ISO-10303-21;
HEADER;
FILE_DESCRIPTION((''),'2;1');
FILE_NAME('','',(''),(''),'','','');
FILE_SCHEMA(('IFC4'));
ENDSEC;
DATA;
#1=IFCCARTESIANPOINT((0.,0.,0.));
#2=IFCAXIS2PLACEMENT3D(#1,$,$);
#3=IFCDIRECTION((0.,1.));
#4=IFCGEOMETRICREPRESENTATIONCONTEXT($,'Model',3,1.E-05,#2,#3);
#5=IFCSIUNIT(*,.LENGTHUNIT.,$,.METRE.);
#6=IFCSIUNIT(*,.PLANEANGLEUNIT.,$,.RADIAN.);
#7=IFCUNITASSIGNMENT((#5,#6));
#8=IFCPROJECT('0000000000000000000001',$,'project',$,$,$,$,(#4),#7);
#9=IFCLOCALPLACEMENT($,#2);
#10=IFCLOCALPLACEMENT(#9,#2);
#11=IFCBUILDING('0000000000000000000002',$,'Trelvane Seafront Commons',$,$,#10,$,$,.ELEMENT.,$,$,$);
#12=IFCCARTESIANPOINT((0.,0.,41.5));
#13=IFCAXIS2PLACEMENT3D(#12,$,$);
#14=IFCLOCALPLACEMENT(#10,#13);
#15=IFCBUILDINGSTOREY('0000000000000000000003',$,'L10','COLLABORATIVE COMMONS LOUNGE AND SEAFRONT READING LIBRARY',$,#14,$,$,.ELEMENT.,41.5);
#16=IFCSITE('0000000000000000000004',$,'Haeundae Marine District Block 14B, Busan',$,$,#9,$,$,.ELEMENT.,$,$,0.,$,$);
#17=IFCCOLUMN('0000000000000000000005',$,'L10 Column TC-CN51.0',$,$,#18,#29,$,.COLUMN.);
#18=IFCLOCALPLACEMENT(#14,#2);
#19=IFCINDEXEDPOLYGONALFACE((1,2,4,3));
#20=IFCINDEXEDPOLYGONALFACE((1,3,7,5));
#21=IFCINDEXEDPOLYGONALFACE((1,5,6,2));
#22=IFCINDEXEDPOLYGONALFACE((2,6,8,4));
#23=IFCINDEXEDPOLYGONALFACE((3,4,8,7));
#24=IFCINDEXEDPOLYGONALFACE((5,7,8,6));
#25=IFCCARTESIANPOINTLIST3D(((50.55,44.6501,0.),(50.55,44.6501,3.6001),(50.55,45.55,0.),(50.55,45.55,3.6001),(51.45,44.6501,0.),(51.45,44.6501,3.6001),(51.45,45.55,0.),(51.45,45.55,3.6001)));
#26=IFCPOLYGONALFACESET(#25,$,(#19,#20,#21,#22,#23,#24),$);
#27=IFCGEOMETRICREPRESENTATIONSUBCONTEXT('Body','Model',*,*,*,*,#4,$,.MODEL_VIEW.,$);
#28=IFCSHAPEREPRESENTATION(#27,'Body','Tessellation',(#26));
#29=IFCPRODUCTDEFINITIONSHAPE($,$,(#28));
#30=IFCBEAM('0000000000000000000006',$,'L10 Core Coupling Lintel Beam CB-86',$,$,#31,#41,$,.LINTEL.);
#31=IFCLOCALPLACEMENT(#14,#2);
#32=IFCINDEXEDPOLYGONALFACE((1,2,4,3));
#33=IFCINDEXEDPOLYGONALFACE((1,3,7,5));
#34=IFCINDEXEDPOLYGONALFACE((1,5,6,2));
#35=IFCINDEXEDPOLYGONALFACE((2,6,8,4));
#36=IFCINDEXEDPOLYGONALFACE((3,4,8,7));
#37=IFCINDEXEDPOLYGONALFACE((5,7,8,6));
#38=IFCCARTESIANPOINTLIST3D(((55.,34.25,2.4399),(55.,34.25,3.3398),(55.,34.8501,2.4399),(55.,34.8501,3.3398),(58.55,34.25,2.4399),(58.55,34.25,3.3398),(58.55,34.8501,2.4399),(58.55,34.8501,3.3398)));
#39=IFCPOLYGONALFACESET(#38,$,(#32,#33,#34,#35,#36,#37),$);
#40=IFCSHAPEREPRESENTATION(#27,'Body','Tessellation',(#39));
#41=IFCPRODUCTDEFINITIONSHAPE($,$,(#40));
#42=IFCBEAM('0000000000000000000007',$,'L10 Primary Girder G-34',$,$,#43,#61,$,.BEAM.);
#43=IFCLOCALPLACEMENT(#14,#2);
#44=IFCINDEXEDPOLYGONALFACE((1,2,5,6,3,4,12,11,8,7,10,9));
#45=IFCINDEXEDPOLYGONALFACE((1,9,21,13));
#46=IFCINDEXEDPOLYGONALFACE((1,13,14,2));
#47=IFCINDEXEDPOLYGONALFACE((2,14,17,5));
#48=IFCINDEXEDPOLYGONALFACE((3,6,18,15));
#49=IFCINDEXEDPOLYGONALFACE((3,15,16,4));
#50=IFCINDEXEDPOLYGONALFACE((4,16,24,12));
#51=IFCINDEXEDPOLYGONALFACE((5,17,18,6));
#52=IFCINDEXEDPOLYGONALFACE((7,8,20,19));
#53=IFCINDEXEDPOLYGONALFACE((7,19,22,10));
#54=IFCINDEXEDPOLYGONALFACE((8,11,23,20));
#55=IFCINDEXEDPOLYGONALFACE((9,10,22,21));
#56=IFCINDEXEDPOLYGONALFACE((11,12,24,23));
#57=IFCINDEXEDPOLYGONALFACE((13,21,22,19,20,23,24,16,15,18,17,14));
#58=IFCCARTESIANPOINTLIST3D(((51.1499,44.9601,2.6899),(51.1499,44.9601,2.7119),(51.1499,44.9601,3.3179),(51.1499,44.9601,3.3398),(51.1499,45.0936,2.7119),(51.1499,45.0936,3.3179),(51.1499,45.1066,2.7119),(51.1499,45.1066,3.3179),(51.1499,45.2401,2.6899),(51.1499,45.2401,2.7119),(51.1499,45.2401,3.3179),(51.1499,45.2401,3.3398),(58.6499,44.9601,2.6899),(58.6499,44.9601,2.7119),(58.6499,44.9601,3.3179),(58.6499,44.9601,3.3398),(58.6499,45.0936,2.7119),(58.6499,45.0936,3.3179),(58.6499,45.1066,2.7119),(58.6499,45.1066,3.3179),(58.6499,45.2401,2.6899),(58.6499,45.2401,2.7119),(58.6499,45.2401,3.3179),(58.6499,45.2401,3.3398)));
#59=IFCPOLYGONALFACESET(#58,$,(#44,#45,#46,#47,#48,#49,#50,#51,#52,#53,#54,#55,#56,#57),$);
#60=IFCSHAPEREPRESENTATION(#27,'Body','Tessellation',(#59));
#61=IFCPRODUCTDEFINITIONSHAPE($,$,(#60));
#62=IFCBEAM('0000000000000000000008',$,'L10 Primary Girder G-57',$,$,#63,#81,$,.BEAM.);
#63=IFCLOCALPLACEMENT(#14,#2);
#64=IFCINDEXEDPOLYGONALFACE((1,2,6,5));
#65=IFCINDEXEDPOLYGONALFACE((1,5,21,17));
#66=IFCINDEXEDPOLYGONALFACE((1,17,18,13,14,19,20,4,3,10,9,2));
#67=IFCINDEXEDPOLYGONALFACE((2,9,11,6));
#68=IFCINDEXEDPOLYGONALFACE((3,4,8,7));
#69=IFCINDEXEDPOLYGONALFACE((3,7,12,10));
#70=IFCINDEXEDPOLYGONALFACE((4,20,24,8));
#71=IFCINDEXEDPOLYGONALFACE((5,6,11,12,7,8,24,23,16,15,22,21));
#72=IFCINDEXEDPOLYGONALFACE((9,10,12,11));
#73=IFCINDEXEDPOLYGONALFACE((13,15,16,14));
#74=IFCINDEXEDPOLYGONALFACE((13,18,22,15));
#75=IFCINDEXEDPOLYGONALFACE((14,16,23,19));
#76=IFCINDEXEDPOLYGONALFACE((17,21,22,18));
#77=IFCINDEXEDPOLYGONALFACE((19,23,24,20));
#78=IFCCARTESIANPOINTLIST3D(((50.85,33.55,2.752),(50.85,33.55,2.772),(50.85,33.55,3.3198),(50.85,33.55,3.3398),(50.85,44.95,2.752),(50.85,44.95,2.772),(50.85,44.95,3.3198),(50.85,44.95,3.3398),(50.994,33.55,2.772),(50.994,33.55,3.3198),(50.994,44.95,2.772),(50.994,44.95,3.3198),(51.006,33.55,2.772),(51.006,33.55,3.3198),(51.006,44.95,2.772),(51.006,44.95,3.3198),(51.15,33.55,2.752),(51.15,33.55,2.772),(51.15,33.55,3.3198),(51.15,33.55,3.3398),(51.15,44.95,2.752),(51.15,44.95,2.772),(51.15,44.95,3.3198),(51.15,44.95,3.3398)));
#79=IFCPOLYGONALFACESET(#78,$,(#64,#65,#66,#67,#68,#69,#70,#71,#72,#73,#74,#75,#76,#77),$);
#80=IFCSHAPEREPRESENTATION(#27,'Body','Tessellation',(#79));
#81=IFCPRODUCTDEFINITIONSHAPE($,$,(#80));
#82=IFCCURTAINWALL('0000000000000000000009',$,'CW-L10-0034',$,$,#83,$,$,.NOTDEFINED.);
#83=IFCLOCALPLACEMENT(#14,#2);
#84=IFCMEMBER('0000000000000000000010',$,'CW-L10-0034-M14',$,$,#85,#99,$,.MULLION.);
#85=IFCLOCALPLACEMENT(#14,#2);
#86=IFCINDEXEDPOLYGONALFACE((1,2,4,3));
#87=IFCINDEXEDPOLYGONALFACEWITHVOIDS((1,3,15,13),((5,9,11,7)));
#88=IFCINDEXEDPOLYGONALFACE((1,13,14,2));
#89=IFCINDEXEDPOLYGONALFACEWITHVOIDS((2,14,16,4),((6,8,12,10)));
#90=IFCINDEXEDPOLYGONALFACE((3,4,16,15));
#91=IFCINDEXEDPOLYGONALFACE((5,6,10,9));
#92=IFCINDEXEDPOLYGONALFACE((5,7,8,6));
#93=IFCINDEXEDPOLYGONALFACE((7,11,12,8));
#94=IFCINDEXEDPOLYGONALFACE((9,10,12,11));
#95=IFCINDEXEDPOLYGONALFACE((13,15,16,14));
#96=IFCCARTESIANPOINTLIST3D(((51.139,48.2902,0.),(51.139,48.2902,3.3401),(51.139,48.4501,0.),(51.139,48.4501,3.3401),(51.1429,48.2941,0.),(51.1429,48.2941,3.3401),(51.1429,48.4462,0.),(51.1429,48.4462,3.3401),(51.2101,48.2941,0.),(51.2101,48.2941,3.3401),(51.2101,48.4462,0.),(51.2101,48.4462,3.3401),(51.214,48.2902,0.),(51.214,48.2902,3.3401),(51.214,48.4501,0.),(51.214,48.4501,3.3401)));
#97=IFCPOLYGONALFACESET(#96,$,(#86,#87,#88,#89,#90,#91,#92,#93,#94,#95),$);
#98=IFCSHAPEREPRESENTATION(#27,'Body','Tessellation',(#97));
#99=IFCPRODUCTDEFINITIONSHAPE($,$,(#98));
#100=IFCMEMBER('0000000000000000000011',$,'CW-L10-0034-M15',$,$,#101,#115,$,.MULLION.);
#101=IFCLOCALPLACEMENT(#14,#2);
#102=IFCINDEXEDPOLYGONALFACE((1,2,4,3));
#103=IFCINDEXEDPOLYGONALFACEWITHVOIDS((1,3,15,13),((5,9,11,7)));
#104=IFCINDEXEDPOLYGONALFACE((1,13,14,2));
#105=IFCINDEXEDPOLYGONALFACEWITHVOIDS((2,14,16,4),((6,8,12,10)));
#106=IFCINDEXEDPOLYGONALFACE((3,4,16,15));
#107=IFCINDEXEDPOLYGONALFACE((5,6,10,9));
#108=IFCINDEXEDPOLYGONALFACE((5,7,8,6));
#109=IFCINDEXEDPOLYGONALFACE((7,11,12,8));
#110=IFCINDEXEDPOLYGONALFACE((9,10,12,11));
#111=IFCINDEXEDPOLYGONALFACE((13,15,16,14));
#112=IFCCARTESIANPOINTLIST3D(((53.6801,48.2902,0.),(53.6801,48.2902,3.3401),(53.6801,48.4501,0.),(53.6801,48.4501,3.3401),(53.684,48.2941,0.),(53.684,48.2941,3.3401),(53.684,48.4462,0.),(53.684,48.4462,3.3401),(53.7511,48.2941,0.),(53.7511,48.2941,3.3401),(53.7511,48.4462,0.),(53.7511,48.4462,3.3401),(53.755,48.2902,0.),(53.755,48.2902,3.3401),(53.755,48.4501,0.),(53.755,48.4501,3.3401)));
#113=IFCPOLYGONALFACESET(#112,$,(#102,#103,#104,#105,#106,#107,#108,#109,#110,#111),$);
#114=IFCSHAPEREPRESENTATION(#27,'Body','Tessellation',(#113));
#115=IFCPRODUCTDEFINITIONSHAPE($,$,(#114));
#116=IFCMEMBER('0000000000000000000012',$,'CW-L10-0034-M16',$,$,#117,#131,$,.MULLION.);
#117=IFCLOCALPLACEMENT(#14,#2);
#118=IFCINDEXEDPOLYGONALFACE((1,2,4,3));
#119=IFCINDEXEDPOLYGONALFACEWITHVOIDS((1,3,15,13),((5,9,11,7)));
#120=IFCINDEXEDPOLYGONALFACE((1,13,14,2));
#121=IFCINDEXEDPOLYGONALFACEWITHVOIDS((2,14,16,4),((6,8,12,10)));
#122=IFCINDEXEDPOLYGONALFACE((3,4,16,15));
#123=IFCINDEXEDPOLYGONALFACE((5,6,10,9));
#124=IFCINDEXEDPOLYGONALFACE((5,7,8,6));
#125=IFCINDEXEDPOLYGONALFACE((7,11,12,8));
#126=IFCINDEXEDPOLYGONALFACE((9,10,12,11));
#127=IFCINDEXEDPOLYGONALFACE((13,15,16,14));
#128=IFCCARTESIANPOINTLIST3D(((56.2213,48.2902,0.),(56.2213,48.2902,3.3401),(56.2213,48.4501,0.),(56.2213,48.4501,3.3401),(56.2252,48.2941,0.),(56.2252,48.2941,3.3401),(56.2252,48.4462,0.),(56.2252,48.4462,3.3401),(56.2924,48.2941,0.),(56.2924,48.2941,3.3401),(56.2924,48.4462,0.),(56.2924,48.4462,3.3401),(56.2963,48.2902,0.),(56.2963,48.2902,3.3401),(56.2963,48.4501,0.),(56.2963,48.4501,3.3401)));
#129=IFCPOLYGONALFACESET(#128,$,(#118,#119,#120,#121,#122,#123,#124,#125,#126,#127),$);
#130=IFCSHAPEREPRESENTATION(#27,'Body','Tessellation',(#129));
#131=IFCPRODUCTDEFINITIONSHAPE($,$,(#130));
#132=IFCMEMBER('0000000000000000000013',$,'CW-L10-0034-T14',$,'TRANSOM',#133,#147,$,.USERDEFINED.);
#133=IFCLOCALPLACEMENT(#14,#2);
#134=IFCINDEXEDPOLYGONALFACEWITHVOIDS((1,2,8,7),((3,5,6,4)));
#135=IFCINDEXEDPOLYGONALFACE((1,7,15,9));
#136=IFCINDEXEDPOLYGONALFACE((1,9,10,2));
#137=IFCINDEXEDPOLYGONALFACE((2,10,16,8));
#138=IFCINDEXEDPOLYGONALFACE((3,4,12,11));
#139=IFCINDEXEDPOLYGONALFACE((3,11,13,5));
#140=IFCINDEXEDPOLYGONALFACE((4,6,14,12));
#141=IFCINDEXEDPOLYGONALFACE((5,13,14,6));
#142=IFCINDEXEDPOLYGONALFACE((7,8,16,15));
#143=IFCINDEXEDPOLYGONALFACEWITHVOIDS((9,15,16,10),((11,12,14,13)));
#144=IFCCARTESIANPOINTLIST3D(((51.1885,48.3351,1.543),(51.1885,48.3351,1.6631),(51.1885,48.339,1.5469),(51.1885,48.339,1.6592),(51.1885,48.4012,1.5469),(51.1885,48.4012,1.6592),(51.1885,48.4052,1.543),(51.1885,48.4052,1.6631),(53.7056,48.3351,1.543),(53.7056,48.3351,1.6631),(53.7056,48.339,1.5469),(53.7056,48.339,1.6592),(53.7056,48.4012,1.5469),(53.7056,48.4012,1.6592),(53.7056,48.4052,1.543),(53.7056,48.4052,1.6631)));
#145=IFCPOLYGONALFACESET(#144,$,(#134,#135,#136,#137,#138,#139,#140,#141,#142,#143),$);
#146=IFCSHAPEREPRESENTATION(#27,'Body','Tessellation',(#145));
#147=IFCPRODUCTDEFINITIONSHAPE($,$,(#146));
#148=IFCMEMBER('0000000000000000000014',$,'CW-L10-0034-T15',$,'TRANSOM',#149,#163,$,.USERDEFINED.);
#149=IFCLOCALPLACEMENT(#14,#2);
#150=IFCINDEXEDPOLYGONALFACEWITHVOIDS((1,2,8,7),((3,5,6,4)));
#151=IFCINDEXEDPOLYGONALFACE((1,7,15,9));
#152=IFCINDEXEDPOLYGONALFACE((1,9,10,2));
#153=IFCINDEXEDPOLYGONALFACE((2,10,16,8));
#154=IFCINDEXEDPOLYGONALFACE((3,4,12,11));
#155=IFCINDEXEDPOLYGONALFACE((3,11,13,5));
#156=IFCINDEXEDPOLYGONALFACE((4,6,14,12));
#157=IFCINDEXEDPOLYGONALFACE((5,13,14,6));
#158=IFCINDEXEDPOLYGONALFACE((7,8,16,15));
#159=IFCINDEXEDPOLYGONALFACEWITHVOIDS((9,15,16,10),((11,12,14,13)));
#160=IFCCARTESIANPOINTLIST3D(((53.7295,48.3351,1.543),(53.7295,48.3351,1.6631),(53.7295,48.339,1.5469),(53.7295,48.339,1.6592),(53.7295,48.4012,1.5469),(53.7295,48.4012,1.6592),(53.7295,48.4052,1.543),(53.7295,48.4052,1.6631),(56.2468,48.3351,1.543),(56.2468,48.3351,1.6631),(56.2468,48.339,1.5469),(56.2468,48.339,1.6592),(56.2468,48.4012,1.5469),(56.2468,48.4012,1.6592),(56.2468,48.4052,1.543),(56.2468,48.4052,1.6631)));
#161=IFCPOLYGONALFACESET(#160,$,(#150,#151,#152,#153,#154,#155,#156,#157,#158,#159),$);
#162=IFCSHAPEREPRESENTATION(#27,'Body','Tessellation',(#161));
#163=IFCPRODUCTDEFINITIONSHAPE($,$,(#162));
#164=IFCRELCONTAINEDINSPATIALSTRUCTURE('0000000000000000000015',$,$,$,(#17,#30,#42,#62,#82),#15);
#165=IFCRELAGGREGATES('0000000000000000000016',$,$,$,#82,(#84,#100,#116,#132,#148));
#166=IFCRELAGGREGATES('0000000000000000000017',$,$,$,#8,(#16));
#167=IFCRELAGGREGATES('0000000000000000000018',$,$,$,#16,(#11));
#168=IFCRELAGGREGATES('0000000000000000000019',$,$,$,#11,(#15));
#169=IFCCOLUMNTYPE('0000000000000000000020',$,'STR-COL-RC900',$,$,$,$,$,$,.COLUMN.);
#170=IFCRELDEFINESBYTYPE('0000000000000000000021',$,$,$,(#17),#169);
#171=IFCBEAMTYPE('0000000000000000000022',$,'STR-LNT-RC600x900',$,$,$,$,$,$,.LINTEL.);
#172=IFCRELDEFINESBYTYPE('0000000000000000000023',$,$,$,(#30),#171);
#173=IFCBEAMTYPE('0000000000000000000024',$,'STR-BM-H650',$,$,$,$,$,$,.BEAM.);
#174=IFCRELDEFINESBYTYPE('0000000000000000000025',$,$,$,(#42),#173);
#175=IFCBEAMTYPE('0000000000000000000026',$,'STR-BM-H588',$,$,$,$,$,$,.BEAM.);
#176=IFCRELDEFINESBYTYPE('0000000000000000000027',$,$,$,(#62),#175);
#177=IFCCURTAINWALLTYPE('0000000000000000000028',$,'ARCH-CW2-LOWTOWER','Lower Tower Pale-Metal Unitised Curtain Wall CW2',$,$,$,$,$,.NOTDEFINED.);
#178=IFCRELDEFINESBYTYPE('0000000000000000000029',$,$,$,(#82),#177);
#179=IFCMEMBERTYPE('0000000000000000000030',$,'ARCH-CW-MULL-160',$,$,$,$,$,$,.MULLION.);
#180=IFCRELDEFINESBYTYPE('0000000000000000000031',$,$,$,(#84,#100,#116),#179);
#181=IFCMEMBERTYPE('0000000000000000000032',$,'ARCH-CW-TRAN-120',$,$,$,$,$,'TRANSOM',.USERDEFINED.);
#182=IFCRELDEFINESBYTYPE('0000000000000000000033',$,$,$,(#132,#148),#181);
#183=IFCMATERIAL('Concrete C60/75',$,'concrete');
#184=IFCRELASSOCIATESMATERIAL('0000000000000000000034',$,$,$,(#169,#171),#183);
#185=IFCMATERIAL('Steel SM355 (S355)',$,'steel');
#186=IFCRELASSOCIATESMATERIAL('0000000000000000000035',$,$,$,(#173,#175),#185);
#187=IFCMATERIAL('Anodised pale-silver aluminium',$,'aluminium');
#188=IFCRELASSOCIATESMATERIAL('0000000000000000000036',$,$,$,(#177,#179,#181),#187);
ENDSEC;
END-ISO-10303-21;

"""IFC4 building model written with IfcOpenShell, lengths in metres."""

from ifc_helpers import new_model, si_unit, direction, frame, origin, origin_2d, place, context, subcontext, project, spatial, rectangle, hollow_rectangle, i_section, extrude, source, transform, mapped, material, material_profile, profile_set, type_object, element, aggregate, save


model = new_model("IFC4")

# Units and contexts
model_context = context("Model", 3, precision=1e-05, world=origin(), true_north=direction((0.0, 1.0)))
body_context = subcontext(model_context, "Body", "Model", "MODEL_VIEW")
ifc_project = project(units=[si_unit("LENGTHUNIT", "METRE"), si_unit("PLANEANGLEUNIT", "RADIAN")], contexts=[model_context])

# Site, building, storey
site_placement = place(None, origin())
site = spatial("IfcSite", under=ifc_project, at=site_placement, Name="Haeundae Marine District Block 14B, Busan", CompositionType="ELEMENT", RefElevation=0.0)
building_placement = place(site_placement, origin())
building = spatial("IfcBuilding", under=site, at=building_placement, Name="Trelvane Seafront Commons", CompositionType="ELEMENT")
storey_placement = place(building_placement, frame((0.0, 0.0, 41.5)))
storey = spatial("IfcBuildingStorey", under=building, at=storey_placement, Name="L10", Description="COLLABORATIVE COMMONS LOUNGE AND SEAFRONT READING LIBRARY", CompositionType="ELEMENT", Elevation=41.5)

# Column
ifc_material_1 = material(Name="Concrete C60/75", Category="concrete")
ifc_material_profile_1 = material_profile(ifc_material_1, rectangle(XDim=0.8999, YDim=0.8999, at=origin_2d()), Name="RC-900x900")
ifc_profile_set_1 = profile_set([ifc_material_profile_1], Name="Concrete C60/75")
column_type = type_object("IfcColumnType", Name="STR-COL-RC900", PredefinedType="COLUMN", material=ifc_profile_set_1)
shared_shape_1 = source(origin(), body_context, "Body", "SweptSolid", [
    extrude(rectangle(XDim=0.8999, YDim=0.8999, at=origin_2d()), origin(), (0.0, 0.0, 1.0), 3.6001),
])
column_placement = place(storey_placement, frame((51.0, 45.1001, 0.0), z_axis=(0.0, 0.0, 1.0), x_axis=(1.0, 0.0, 0.0)))
element("IfcColumn", 1, at=column_placement, inside=storey, type_object=column_type, Name="L10 Column TC-CN51.0", PredefinedType="COLUMN", context=body_context, shape_type="MappedRepresentation", body=[
    mapped(shared_shape_1, transform((0.0, 0.0, 0.0), x_axis=(1.0, 0.0, 0.0), y_axis=(0.0, 1.0, 0.0), z_axis=(0.0, 0.0, 1.0), scale=1.0)),
])

# Beams
ifc_material_profile_2 = material_profile(ifc_material_1, rectangle(XDim=0.6001, YDim=0.8999, at=origin_2d()), Name="RC-600x900")
ifc_profile_set_2 = profile_set([ifc_material_profile_2], Name="Concrete C60/75")
beam_type_1 = type_object("IfcBeamType", Name="STR-LNT-RC600x900", PredefinedType="LINTEL", material=ifc_profile_set_2)
shared_shape_2 = source(origin(), body_context, "Body", "SweptSolid", [
    extrude(rectangle(XDim=0.6001, YDim=0.8999, at=origin_2d()), origin(), (0.0, 0.0, 1.0), 3.55),
])
beam_1_placement = place(storey_placement, frame((55.0, 34.55, 2.8899), z_axis=(1.0, 0.0, 0.0), x_axis=(0.0, 1.0, 0.0)))
element("IfcBeam", 2, at=beam_1_placement, inside=storey, type_object=beam_type_1, Name="L10 Core Coupling Lintel Beam CB-86", PredefinedType="LINTEL", context=body_context, shape_type="MappedRepresentation", body=[
    mapped(shared_shape_2, transform((0.0, 0.0, 0.0), x_axis=(1.0, 0.0, 0.0), y_axis=(0.0, 1.0, 0.0), z_axis=(0.0, 0.0, 1.0), scale=1.0)),
])
ifc_material_2 = material(Name="Steel SM355 (S355)", Category="steel")
ifc_material_profile_3 = material_profile(ifc_material_2, i_section(OverallWidth=0.28, OverallDepth=0.6499, WebThickness=0.0129, FlangeThickness=0.022, at=origin_2d()), Name="H-650x280x13x22")
ifc_profile_set_3 = profile_set([ifc_material_profile_3], Name="Steel SM355 (S355)")
beam_type_2 = type_object("IfcBeamType", Name="STR-BM-H650", PredefinedType="BEAM", material=ifc_profile_set_3)
shared_shape_3 = source(origin(), body_context, "Body", "SweptSolid", [
    extrude(i_section(OverallWidth=0.28, OverallDepth=0.6499, WebThickness=0.0129, FlangeThickness=0.022, at=origin_2d()), origin(), (0.0, 0.0, 1.0), 7.5),
])
beam_2_placement = place(storey_placement, frame((51.1499, 45.1001, 3.0149), z_axis=(1.0, 0.0, 0.0), x_axis=(0.0, 1.0, 0.0)))
element("IfcBeam", 3, at=beam_2_placement, inside=storey, type_object=beam_type_2, Name="L10 Primary Girder G-34", PredefinedType="BEAM", context=body_context, shape_type="MappedRepresentation", body=[
    mapped(shared_shape_3, transform((0.0, 0.0, 0.0), x_axis=(1.0, 0.0, 0.0), y_axis=(0.0, 1.0, 0.0), z_axis=(0.0, 0.0, 1.0), scale=1.0)),
])
ifc_material_profile_4 = material_profile(ifc_material_2, i_section(OverallWidth=0.3, OverallDepth=0.5879, WebThickness=0.012, FlangeThickness=0.02, at=origin_2d()), Name="H-588x300x12x20")
ifc_profile_set_4 = profile_set([ifc_material_profile_4], Name="Steel SM355 (S355)")
beam_type_3 = type_object("IfcBeamType", Name="STR-BM-H588", PredefinedType="BEAM", material=ifc_profile_set_4)
shared_shape_4 = source(origin(), body_context, "Body", "SweptSolid", [
    extrude(i_section(OverallWidth=0.3, OverallDepth=0.5879, WebThickness=0.012, FlangeThickness=0.02, at=origin_2d()), origin(), (0.0, 0.0, 1.0), 11.3999),
])
beam_3_placement = place(storey_placement, frame((51.0, 33.55, 3.0459), z_axis=(0.0, 1.0, 0.0), x_axis=(-1.0, 0.0, 0.0)))
element("IfcBeam", 4, at=beam_3_placement, inside=storey, type_object=beam_type_3, Name="L10 Primary Girder G-57", PredefinedType="BEAM", context=body_context, shape_type="MappedRepresentation", body=[
    mapped(shared_shape_4, transform((0.0, 0.0, 0.0), x_axis=(1.0, 0.0, 0.0), y_axis=(0.0, 1.0, 0.0), z_axis=(0.0, 0.0, 1.0), scale=1.0)),
])

# Curtain wall, members
ifc_material_3 = material(Name="Anodised pale-silver aluminium", Category="aluminium")
curtain_wall_type = type_object("IfcCurtainWallType", Name="ARCH-CW2-LOWTOWER", Description="Lower Tower Pale-Metal Unitised Curtain Wall CW2", PredefinedType="NOTDEFINED", material=ifc_material_3)
curtain_wall_placement = place(storey_placement, origin())
curtain_wall = element("IfcCurtainWall", 5, at=curtain_wall_placement, inside=storey, type_object=curtain_wall_type, Name="CW-L10-0034", PredefinedType="NOTDEFINED")
ifc_material_profile_5 = material_profile(ifc_material_3, hollow_rectangle(XDim=0.075, YDim=0.1599, WallThickness=0.0039, at=origin_2d()), Name="MULL-75x160x4")
ifc_profile_set_5 = profile_set([ifc_material_profile_5], Name="Anodised pale-silver aluminium")
member_type_1 = type_object("IfcMemberType", Name="ARCH-CW-MULL-160", PredefinedType="MULLION", material=ifc_profile_set_5)
shared_shape_5 = source(origin(), body_context, "Body", "SweptSolid", [
    extrude(hollow_rectangle(XDim=0.075, YDim=0.1599, WallThickness=0.0039, at=origin_2d()), origin(), (0.0, 0.0, 1.0), 3.3401),
])
member_1_placement = place(storey_placement, frame((51.1765, 48.3701, 0.0), z_axis=(0.0, 0.0, 1.0), x_axis=(1.0, 0.0, 0.0)))
member_1 = element("IfcMember", 6, at=member_1_placement, type_object=member_type_1, Name="CW-L10-0034-M14", PredefinedType="MULLION", context=body_context, shape_type="MappedRepresentation", body=[
    mapped(shared_shape_5, transform((0.0, 0.0, 0.0), x_axis=(1.0, 0.0, 0.0), y_axis=(0.0, 1.0, 0.0), z_axis=(0.0, 0.0, 1.0), scale=1.0)),
])
member_2_placement = place(storey_placement, frame((53.7175, 48.3701, 0.0), z_axis=(0.0, 0.0, 1.0), x_axis=(1.0, 0.0, 0.0)))
member_2 = element("IfcMember", 7, at=member_2_placement, type_object=member_type_1, Name="CW-L10-0034-M15", PredefinedType="MULLION", context=body_context, shape_type="MappedRepresentation", body=[
    mapped(shared_shape_5, transform((0.0, 0.0, 0.0), x_axis=(1.0, 0.0, 0.0), y_axis=(0.0, 1.0, 0.0), z_axis=(0.0, 0.0, 1.0), scale=1.0)),
])
member_3_placement = place(storey_placement, frame((56.2588, 48.3701, 0.0), z_axis=(0.0, 0.0, 1.0), x_axis=(1.0, 0.0, 0.0)))
member_3 = element("IfcMember", 8, at=member_3_placement, type_object=member_type_1, Name="CW-L10-0034-M16", PredefinedType="MULLION", context=body_context, shape_type="MappedRepresentation", body=[
    mapped(shared_shape_5, transform((0.0, 0.0, 0.0), x_axis=(1.0, 0.0, 0.0), y_axis=(0.0, 1.0, 0.0), z_axis=(0.0, 0.0, 1.0), scale=1.0)),
])
ifc_material_profile_6 = material_profile(ifc_material_3, hollow_rectangle(XDim=0.0701, YDim=0.1201, WallThickness=0.0039, at=origin_2d()), Name="TRAN-70x120x4")
ifc_profile_set_6 = profile_set([ifc_material_profile_6], Name="Anodised pale-silver aluminium")
member_type_2 = type_object("IfcMemberType", Name="ARCH-CW-TRAN-120", ElementType="TRANSOM", PredefinedType="USERDEFINED", material=ifc_profile_set_6)
shared_shape_6 = source(origin(), body_context, "Body", "SweptSolid", [
    extrude(hollow_rectangle(XDim=0.0701, YDim=0.1201, WallThickness=0.0039, at=origin_2d()), origin(), (0.0, 0.0, 1.0), 2.5171),
])
member_4_placement = place(storey_placement, frame((51.1885, 48.3701, 1.603), z_axis=(1.0, 0.0, 0.0), x_axis=(0.0, 1.0, 0.0)))
member_4 = element("IfcMember", 9, at=member_4_placement, type_object=member_type_2, Name="CW-L10-0034-T14", ObjectType="TRANSOM", PredefinedType="USERDEFINED", context=body_context, shape_type="MappedRepresentation", body=[
    mapped(shared_shape_6, transform((0.0, 0.0, 0.0), x_axis=(1.0, 0.0, 0.0), y_axis=(0.0, 1.0, 0.0), z_axis=(0.0, 0.0, 1.0), scale=1.0)),
])
shared_shape_7 = source(origin(), body_context, "Body", "SweptSolid", [
    extrude(hollow_rectangle(XDim=0.0701, YDim=0.1201, WallThickness=0.0039, at=origin_2d()), origin(), (0.0, 0.0, 1.0), 2.5173),
])
member_5_placement = place(storey_placement, frame((53.7295, 48.3701, 1.603), z_axis=(1.0, 0.0, 0.0), x_axis=(0.0, 1.0, 0.0)))
member_5 = element("IfcMember", 10, at=member_5_placement, type_object=member_type_2, Name="CW-L10-0034-T15", ObjectType="TRANSOM", PredefinedType="USERDEFINED", context=body_context, shape_type="MappedRepresentation", body=[
    mapped(shared_shape_7, transform((0.0, 0.0, 0.0), x_axis=(1.0, 0.0, 0.0), y_axis=(0.0, 1.0, 0.0), z_axis=(0.0, 0.0, 1.0), scale=1.0)),
])
aggregate(curtain_wall, [member_1, member_2, member_3, member_4, member_5])

save(model, "model.ifc")
